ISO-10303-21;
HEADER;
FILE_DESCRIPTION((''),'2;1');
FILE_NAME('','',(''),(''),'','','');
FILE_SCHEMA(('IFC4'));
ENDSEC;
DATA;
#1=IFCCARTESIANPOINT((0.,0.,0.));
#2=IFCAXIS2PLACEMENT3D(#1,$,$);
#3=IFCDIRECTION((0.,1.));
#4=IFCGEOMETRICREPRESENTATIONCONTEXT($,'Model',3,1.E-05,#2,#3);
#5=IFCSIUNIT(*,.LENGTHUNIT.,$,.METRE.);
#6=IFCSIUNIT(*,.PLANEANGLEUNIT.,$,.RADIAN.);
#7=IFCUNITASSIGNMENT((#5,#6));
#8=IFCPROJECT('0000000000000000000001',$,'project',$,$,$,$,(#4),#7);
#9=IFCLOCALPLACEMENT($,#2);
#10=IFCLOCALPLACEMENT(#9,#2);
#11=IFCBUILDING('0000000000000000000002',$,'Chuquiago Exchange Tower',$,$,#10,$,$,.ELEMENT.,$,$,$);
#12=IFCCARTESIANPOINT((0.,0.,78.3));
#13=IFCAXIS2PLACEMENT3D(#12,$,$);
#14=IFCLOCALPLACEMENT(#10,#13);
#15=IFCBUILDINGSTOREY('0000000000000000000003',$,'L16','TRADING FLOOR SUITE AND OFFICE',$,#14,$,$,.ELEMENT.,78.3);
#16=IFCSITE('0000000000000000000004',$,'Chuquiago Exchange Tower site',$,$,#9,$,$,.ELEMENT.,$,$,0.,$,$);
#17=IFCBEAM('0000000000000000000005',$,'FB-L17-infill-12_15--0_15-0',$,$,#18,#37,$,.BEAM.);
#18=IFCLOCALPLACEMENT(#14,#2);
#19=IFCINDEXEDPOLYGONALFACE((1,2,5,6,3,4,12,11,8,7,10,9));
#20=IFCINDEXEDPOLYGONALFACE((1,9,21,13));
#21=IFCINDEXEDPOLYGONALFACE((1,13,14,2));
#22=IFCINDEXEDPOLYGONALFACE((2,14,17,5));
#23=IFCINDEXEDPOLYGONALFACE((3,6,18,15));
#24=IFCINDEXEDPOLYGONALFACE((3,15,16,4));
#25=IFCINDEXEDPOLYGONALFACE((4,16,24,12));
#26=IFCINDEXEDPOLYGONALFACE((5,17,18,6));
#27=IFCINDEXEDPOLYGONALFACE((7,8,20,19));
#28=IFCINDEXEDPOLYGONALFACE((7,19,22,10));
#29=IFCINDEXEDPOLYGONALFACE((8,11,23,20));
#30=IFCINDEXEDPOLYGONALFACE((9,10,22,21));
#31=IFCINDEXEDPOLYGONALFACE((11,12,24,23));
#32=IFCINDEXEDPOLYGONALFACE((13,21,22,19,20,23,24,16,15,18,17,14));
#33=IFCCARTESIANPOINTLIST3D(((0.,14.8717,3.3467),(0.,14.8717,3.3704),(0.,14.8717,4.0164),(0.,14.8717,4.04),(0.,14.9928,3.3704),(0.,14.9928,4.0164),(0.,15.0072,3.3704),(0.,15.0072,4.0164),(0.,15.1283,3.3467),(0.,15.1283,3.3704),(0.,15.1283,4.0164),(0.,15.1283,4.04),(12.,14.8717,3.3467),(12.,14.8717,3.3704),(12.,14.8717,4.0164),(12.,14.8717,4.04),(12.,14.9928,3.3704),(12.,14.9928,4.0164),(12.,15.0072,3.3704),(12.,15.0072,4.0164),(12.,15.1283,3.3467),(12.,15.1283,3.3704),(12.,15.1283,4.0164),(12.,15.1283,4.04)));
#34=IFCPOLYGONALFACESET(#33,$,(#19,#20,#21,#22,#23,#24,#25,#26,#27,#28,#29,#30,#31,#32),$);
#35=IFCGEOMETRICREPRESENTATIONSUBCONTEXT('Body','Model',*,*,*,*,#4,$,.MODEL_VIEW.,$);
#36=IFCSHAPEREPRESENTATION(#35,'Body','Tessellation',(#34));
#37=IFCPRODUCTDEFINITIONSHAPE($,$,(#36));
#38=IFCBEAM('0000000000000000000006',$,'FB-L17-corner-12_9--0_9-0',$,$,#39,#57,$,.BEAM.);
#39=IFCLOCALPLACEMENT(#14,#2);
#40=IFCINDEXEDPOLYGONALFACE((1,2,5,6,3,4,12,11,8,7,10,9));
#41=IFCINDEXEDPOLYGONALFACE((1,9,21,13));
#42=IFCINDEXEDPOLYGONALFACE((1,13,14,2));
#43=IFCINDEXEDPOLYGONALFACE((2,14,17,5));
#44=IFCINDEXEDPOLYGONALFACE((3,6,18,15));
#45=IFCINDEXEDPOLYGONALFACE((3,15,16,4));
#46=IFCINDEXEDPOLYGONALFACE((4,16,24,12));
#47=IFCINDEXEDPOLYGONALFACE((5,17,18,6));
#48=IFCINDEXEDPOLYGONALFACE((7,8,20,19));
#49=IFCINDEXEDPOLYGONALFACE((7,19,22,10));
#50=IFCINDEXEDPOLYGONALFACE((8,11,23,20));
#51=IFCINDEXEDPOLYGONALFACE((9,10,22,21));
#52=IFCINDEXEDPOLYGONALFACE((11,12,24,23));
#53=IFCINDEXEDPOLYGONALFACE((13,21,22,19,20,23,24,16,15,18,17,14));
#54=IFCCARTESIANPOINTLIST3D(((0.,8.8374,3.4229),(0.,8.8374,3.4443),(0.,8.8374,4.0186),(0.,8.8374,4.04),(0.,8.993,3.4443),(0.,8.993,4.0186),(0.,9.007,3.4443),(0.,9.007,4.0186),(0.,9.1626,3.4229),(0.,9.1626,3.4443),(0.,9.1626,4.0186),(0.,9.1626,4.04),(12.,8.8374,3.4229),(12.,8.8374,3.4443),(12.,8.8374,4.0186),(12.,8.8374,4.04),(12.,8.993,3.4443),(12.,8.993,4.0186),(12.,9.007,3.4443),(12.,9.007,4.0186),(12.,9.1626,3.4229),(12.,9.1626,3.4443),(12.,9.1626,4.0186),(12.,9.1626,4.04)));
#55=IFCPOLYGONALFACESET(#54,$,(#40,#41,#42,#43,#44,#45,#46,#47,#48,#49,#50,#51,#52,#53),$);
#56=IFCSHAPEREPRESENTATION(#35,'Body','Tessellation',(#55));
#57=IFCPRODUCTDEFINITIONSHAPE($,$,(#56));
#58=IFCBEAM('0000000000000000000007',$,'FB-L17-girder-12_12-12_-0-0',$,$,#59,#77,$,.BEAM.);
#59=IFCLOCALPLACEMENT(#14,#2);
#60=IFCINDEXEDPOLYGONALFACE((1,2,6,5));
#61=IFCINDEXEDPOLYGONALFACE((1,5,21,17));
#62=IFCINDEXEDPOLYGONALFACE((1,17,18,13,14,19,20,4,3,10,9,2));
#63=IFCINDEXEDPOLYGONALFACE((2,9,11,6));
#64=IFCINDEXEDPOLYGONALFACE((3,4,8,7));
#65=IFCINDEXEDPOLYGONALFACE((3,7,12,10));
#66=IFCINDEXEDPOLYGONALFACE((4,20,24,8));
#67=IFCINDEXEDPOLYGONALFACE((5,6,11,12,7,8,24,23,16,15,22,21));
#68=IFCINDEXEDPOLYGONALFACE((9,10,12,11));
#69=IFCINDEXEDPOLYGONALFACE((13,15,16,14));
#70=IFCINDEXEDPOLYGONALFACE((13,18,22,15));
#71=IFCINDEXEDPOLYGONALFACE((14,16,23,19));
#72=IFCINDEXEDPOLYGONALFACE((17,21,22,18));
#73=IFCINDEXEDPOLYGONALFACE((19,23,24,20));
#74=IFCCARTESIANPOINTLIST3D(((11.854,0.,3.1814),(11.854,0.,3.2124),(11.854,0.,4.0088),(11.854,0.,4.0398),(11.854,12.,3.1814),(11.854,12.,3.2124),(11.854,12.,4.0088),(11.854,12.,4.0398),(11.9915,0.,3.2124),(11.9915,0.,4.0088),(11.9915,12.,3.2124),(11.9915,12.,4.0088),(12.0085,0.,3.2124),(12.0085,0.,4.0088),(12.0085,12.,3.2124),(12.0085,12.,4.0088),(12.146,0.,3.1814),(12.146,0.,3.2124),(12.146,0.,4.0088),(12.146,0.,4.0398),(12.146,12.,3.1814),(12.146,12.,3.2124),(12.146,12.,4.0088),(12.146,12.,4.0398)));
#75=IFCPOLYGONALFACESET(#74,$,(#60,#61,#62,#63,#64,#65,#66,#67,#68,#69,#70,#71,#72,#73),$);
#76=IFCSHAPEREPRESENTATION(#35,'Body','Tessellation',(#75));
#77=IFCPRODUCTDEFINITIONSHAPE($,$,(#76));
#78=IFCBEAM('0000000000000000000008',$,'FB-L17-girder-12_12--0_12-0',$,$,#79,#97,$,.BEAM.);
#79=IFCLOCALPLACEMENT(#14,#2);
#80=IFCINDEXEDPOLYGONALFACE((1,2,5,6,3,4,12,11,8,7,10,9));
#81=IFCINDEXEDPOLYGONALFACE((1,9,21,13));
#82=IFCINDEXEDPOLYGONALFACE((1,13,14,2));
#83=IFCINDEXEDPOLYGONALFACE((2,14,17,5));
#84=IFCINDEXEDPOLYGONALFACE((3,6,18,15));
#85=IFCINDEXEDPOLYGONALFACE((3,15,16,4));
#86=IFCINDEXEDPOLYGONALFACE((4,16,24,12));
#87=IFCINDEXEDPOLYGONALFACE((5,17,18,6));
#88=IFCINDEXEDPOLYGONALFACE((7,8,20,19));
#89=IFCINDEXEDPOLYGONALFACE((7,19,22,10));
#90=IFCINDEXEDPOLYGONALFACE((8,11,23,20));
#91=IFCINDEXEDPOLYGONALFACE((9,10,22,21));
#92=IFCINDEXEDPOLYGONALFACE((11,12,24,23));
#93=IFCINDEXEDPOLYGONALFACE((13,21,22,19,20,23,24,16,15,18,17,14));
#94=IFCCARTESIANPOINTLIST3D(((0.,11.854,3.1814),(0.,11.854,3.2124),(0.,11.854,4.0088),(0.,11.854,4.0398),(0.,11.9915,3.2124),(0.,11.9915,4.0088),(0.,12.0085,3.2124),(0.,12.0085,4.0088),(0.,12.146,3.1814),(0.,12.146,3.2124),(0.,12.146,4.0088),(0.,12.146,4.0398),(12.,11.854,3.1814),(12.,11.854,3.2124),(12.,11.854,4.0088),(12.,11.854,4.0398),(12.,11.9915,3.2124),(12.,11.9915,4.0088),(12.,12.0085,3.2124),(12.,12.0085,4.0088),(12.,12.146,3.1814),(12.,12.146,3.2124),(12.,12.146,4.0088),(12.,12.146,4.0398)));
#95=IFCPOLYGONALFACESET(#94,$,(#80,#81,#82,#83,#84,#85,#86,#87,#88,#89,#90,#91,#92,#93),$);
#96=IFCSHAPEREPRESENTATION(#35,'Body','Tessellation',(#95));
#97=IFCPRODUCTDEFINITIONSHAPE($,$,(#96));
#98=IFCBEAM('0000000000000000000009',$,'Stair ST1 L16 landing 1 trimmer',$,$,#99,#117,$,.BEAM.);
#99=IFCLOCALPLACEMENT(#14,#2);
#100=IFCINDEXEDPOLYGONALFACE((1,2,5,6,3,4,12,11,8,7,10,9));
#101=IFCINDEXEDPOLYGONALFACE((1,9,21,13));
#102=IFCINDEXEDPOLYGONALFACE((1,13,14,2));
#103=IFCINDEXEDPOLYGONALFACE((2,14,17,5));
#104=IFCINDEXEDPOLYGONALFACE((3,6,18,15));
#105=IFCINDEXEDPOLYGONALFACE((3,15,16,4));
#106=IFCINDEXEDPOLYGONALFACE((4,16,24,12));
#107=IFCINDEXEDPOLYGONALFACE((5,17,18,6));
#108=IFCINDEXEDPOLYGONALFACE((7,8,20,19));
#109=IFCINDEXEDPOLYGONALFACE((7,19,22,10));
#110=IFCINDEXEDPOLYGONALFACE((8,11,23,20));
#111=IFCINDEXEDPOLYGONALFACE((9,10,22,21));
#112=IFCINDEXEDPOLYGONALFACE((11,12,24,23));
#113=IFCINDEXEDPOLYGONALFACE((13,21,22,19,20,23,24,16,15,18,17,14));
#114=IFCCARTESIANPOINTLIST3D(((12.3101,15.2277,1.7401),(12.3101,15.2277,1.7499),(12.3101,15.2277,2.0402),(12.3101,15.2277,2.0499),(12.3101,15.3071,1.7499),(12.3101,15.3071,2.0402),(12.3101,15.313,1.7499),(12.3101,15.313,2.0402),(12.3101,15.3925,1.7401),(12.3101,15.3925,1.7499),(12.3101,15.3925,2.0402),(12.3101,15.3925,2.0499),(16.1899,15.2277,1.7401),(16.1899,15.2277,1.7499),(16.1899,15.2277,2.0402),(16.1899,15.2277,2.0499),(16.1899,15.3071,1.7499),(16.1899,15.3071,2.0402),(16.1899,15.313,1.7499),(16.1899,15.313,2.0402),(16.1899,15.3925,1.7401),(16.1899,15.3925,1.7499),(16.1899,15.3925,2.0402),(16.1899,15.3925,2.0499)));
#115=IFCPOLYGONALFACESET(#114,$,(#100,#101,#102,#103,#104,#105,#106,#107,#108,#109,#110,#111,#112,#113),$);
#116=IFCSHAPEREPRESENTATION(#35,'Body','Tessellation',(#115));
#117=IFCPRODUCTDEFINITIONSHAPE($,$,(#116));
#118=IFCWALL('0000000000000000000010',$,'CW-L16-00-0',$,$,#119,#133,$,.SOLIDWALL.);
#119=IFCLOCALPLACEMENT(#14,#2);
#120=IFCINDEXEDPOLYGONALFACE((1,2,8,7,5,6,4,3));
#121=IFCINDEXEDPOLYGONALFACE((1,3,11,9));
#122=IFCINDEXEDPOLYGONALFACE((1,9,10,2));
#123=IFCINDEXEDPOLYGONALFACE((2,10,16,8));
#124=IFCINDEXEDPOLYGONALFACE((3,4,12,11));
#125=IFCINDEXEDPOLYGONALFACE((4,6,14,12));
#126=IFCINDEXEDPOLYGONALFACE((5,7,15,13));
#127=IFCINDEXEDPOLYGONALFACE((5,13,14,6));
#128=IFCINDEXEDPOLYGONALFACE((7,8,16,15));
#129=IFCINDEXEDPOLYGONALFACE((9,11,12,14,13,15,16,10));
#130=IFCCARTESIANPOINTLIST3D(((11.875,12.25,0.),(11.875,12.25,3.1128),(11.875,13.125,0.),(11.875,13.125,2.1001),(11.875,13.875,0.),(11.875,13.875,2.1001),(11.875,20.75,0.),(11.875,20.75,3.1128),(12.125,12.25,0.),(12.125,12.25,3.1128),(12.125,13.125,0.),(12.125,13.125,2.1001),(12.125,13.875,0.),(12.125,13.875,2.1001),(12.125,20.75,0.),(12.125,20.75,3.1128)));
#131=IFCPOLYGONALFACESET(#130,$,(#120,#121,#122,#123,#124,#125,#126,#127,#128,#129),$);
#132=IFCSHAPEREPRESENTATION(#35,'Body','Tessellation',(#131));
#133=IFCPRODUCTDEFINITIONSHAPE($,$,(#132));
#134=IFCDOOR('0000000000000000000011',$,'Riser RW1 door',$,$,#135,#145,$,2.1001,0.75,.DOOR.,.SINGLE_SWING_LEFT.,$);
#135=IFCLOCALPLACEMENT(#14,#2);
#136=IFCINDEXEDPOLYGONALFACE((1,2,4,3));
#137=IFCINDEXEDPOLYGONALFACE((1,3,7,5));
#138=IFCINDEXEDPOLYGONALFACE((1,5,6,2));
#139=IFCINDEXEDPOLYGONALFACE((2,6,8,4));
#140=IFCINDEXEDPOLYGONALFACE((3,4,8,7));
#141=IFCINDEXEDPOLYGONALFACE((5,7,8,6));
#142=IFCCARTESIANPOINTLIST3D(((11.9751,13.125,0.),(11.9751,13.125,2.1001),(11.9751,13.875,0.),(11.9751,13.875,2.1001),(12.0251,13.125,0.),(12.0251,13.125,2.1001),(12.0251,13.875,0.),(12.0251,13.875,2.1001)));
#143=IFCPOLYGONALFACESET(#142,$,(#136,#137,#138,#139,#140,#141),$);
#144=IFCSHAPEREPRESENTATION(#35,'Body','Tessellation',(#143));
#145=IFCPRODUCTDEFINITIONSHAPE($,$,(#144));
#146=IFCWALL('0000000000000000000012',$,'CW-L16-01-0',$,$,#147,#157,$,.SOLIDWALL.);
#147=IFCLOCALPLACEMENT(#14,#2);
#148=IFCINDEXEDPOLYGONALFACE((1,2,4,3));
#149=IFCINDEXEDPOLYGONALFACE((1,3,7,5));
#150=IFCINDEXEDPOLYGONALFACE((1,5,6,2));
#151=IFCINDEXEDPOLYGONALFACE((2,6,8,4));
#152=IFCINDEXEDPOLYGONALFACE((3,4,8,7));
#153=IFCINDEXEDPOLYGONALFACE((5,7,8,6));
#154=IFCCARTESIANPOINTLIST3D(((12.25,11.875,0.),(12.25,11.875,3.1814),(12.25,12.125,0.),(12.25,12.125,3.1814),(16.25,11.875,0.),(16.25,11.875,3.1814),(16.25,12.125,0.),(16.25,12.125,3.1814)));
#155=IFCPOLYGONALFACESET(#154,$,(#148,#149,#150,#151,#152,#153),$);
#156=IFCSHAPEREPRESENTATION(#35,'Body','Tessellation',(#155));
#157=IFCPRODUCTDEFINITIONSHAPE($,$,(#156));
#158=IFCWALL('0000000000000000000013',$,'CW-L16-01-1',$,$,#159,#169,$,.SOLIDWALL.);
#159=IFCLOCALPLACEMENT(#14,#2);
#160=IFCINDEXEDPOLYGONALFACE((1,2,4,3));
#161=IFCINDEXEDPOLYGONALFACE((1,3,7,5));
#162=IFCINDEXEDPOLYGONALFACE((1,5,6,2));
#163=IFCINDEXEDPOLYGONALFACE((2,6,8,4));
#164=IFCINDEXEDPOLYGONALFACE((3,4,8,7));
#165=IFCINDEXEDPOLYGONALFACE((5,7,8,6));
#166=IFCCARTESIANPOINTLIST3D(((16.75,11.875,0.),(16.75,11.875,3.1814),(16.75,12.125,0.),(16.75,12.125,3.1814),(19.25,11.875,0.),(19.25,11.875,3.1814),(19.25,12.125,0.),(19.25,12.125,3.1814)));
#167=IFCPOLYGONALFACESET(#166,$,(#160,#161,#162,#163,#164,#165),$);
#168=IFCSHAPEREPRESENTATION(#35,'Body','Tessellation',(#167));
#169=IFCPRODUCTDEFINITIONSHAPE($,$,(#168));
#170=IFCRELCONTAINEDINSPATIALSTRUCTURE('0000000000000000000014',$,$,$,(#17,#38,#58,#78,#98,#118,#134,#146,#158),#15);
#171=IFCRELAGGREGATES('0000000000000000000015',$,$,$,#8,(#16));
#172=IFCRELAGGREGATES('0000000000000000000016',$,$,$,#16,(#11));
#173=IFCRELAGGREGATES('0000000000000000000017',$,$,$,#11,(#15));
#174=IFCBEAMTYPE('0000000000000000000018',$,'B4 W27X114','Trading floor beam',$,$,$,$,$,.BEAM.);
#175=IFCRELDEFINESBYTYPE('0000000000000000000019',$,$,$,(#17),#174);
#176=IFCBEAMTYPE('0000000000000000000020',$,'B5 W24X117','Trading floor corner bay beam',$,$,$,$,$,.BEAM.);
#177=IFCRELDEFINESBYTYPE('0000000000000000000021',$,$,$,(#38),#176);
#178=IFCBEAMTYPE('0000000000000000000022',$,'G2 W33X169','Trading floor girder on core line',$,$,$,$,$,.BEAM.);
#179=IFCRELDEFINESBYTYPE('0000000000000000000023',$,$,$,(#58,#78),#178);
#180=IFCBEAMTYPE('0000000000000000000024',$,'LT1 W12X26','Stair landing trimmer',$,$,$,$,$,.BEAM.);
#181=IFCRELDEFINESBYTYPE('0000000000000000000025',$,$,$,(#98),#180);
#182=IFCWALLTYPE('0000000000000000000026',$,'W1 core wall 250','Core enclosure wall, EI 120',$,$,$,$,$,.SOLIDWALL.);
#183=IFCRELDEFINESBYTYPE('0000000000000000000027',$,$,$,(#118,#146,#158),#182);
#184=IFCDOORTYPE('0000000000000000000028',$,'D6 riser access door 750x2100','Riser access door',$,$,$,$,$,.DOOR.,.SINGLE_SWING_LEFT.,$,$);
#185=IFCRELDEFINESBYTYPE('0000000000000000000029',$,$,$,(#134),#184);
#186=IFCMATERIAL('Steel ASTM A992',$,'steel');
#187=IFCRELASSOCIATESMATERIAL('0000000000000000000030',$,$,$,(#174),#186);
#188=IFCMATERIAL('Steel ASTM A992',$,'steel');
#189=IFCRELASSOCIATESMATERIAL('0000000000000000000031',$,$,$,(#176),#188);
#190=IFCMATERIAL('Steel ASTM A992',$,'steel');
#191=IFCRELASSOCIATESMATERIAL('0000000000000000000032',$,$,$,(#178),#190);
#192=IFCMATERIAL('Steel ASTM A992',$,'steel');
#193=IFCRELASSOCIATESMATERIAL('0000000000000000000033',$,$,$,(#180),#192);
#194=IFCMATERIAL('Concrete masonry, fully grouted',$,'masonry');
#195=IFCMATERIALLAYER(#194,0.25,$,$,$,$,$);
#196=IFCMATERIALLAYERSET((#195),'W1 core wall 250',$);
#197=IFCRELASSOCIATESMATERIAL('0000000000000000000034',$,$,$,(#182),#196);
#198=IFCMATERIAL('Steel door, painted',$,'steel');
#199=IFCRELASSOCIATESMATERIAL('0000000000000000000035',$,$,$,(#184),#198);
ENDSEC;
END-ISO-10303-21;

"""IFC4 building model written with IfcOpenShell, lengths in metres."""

from ifc_helpers import new_model, si_unit, direction, frame, frame_2d, origin, origin_2d, place, context, subcontext, project, spatial, rectangle, i_section, extrude, material, layer, layer_set, material_profile, profile_set, type_object, element, fill, save


model = new_model("IFC4")

# Units and contexts
model_context = context("Model", 3, precision=1e-05, world=origin(), true_north=direction((0.0, 1.0)))
body_context = subcontext(model_context, "Body", "Model", "MODEL_VIEW")
ifc_project = project(units=[si_unit("LENGTHUNIT", "METRE"), si_unit("PLANEANGLEUNIT", "RADIAN")], contexts=[model_context])

# Site, building, storey
site_placement = place(None, origin())
site = spatial("IfcSite", under=ifc_project, at=site_placement, Name="Chuquiago Exchange Tower site", CompositionType="ELEMENT", RefElevation=0.0)
building_placement = place(site_placement, origin())
building = spatial("IfcBuilding", under=site, at=building_placement, Name="Chuquiago Exchange Tower", CompositionType="ELEMENT")
storey_placement = place(building_placement, frame((0.0, 0.0, 78.3)))
storey = spatial("IfcBuildingStorey", under=building, at=storey_placement, Name="L16", Description="TRADING FLOOR SUITE AND OFFICE", CompositionType="ELEMENT", Elevation=78.3)

# Beams
ifc_material_1 = material(Name="Steel ASTM A992", Category="steel")
ifc_material_profile_1 = material_profile(ifc_material_1, i_section(OverallWidth=0.2566, OverallDepth=0.6934, WebThickness=0.0144, FlangeThickness=0.0237, at=origin_2d()), Name="W27X114")
ifc_profile_set_1 = profile_set([ifc_material_profile_1], Name="Steel ASTM A992")
beam_type_1 = type_object("IfcBeamType", Name="B4 W27X114", Description="Trading floor beam", PredefinedType="BEAM", material=ifc_profile_set_1)
for number, where, z_axis, x_axis, name in (
    (1, (12.0, 15.0, 3.6934), (-1.0, 0.0, 0.0), (0.0, -1.0, 0.0), "FB-L17-infill-12_15--0_15-0"),
):
    element("IfcBeam", number, at=place(storey_placement, frame(where, z_axis=z_axis, x_axis=x_axis)), inside=storey, type_object=beam_type_1, Name=name, PredefinedType="BEAM", context=body_context, shape_type="SweptSolid", body=[
        extrude(i_section(OverallWidth=0.2566, OverallDepth=0.6934, WebThickness=0.0144, FlangeThickness=0.0237, at=origin_2d()), origin(), (0.0, 0.0, 1.0), 12.0),
    ])
ifc_material_2 = material(Name="Steel ASTM A992", Category="steel")
ifc_material_profile_2 = material_profile(ifc_material_2, i_section(OverallWidth=0.3252, OverallDepth=0.6172, WebThickness=0.0139, FlangeThickness=0.0215, at=origin_2d()), Name="W24X117")
ifc_profile_set_2 = profile_set([ifc_material_profile_2], Name="Steel ASTM A992")
beam_type_2 = type_object("IfcBeamType", Name="B5 W24X117", Description="Trading floor corner bay beam", PredefinedType="BEAM", material=ifc_profile_set_2)
beam_1_placement = place(storey_placement, frame((12.0, 9.0, 3.7314), z_axis=(-1.0, 0.0, 0.0), x_axis=(0.0, -1.0, 0.0)))
element("IfcBeam", 2, at=beam_1_placement, inside=storey, type_object=beam_type_2, Name="FB-L17-corner-12_9--0_9-0", PredefinedType="BEAM", context=body_context, shape_type="SweptSolid", body=[
    extrude(i_section(OverallWidth=0.3252, OverallDepth=0.6172, WebThickness=0.0139, FlangeThickness=0.0215, at=origin_2d()), origin(), (0.0, 0.0, 1.0), 12.0),
])
ifc_material_3 = material(Name="Steel ASTM A992", Category="steel")
ifc_material_profile_3 = material_profile(ifc_material_3, i_section(OverallWidth=0.292, OverallDepth=0.8584, WebThickness=0.0171, FlangeThickness=0.031, at=origin_2d()), Name="W33X169")
ifc_profile_set_3 = profile_set([ifc_material_profile_3], Name="Steel ASTM A992")
beam_type_3 = type_object("IfcBeamType", Name="G2 W33X169", Description="Trading floor girder on core line", PredefinedType="BEAM", material=ifc_profile_set_3)
for number, where, z_axis, x_axis, name in (
    (3, (12.0, 12.0, 3.6106), (0.0, -1.0, 0.0), (1.0, 0.0, 0.0), "FB-L17-girder-12_12-12_-0-0"),
    (4, (12.0, 12.0, 3.6106), (-1.0, 0.0, 0.0), (0.0, -1.0, 0.0), "FB-L17-girder-12_12--0_12-0"),
):
    element("IfcBeam", number, at=place(storey_placement, frame(where, z_axis=z_axis, x_axis=x_axis)), inside=storey, type_object=beam_type_3, Name=name, PredefinedType="BEAM", context=body_context, shape_type="SweptSolid", body=[
        extrude(i_section(OverallWidth=0.292, OverallDepth=0.8584, WebThickness=0.0171, FlangeThickness=0.031, at=origin_2d()), origin(), (0.0, 0.0, 1.0), 12.0),
    ])
ifc_material_4 = material(Name="Steel ASTM A992", Category="steel")
ifc_material_profile_4 = material_profile(ifc_material_4, i_section(OverallWidth=0.1648, OverallDepth=0.3098, WebThickness=0.0059, FlangeThickness=0.0098, at=origin_2d()), Name="W12X26")
ifc_profile_set_4 = profile_set([ifc_material_profile_4], Name="Steel ASTM A992")
beam_type_4 = type_object("IfcBeamType", Name="LT1 W12X26", Description="Stair landing trimmer", PredefinedType="BEAM", material=ifc_profile_set_4)
beam_2_placement = place(storey_placement, frame((12.3101, 15.3101, 1.895), z_axis=(1.0, 0.0, 0.0), x_axis=(0.0, 1.0, 0.0)))
element("IfcBeam", 5, at=beam_2_placement, inside=storey, type_object=beam_type_4, Name="Stair ST1 L16 landing 1 trimmer", PredefinedType="BEAM", context=body_context, shape_type="SweptSolid", body=[
    extrude(i_section(OverallWidth=0.1648, OverallDepth=0.3098, WebThickness=0.0059, FlangeThickness=0.0098, at=origin_2d()), origin(), (0.0, 0.0, 1.0), 3.8799),
])

# Wall, opening, door
ifc_material_5 = material(Name="Concrete masonry, fully grouted", Category="masonry")
ifc_layer_1 = layer(ifc_material_5, 0.25)
ifc_layer_set_1 = layer_set([ifc_layer_1], Name="W1 core wall 250")
wall_type_1 = type_object("IfcWallType", Name="W1 core wall 250", Description="Core enclosure wall, EI 120", PredefinedType="SOLIDWALL", material=ifc_layer_set_1)
wall_1_placement = place(storey_placement, frame((12.0, 12.25, 0.0), z_axis=(0.0, 0.0, 1.0), x_axis=(0.0, 1.0, 0.0)))
wall_1 = element("IfcWall", 6, at=wall_1_placement, inside=storey, type_object=wall_type_1, Name="CW-L16-00-0", PredefinedType="SOLIDWALL", context=body_context, shape_type="SweptSolid", body=[
    extrude(rectangle(XDim=8.5, YDim=0.25, at=frame_2d((4.25, 0.0))), origin(), (0.0, 0.0, 1.0), 3.1128),
])
opening_1_placement = place(wall_1_placement, frame((0.875, 0.0, 0.0)))
opening_1 = element("IfcOpeningElement", 7, at=opening_1_placement, cuts=wall_1, PredefinedType="OPENING", context=body_context, shape_type="SweptSolid", body=[
    extrude(rectangle(XDim=0.75, YDim=2.1001, at=frame_2d((0.375, 1.05))), frame((0.0, 0.135, 0.0), z_axis=(0.0, -1.0, 0.0), x_axis=(1.0, 0.0, 0.0)), (0.0, 0.0, 1.0), 0.27),
])
ifc_material_6 = material(Name="Steel door, painted", Category="steel")
door_type_1 = type_object("IfcDoorType", Name="D6 riser access door 750x2100", Description="Riser access door", OperationType="SINGLE_SWING_LEFT", PredefinedType="DOOR", material=ifc_material_6)
door_1_placement = place(opening_1_placement, origin())
door_1 = element("IfcDoor", 8, at=door_1_placement, inside=storey, type_object=door_type_1, Name="Riser RW1 door", OperationType="SINGLE_SWING_LEFT", OverallHeight=2.1001, OverallWidth=0.75, PredefinedType="DOOR", context=body_context, shape_type="SweptSolid", body=[
    extrude(rectangle(XDim=0.75, YDim=2.1001, at=frame_2d((0.375, 1.05))), frame((0.0, 0.0249, 0.0), z_axis=(0.0, -1.0, 0.0), x_axis=(1.0, 0.0, 0.0)), (0.0, 0.0, 1.0), 0.05),
])
fill(opening_1, door_1)

# Walls
wall_2_placement = place(storey_placement, frame((12.25, 12.0, 0.0), z_axis=(0.0, 0.0, 1.0), x_axis=(1.0, 0.0, 0.0)))
element("IfcWall", 9, at=wall_2_placement, inside=storey, type_object=wall_type_1, Name="CW-L16-01-0", PredefinedType="SOLIDWALL", context=body_context, shape_type="SweptSolid", body=[
    extrude(rectangle(XDim=4.0, YDim=0.25, at=frame_2d((2.0, 0.0))), origin(), (0.0, 0.0, 1.0), 3.1814),
])
wall_3_placement = place(storey_placement, frame((16.75, 12.0, 0.0), z_axis=(0.0, 0.0, 1.0), x_axis=(1.0, 0.0, 0.0)))
element("IfcWall", 10, at=wall_3_placement, inside=storey, type_object=wall_type_1, Name="CW-L16-01-1", PredefinedType="SOLIDWALL", context=body_context, shape_type="SweptSolid", body=[
    extrude(rectangle(XDim=2.5, YDim=0.25, at=frame_2d((1.25, 0.0))), origin(), (0.0, 0.0, 1.0), 3.1814),
])

save(model, "model.ifc")
